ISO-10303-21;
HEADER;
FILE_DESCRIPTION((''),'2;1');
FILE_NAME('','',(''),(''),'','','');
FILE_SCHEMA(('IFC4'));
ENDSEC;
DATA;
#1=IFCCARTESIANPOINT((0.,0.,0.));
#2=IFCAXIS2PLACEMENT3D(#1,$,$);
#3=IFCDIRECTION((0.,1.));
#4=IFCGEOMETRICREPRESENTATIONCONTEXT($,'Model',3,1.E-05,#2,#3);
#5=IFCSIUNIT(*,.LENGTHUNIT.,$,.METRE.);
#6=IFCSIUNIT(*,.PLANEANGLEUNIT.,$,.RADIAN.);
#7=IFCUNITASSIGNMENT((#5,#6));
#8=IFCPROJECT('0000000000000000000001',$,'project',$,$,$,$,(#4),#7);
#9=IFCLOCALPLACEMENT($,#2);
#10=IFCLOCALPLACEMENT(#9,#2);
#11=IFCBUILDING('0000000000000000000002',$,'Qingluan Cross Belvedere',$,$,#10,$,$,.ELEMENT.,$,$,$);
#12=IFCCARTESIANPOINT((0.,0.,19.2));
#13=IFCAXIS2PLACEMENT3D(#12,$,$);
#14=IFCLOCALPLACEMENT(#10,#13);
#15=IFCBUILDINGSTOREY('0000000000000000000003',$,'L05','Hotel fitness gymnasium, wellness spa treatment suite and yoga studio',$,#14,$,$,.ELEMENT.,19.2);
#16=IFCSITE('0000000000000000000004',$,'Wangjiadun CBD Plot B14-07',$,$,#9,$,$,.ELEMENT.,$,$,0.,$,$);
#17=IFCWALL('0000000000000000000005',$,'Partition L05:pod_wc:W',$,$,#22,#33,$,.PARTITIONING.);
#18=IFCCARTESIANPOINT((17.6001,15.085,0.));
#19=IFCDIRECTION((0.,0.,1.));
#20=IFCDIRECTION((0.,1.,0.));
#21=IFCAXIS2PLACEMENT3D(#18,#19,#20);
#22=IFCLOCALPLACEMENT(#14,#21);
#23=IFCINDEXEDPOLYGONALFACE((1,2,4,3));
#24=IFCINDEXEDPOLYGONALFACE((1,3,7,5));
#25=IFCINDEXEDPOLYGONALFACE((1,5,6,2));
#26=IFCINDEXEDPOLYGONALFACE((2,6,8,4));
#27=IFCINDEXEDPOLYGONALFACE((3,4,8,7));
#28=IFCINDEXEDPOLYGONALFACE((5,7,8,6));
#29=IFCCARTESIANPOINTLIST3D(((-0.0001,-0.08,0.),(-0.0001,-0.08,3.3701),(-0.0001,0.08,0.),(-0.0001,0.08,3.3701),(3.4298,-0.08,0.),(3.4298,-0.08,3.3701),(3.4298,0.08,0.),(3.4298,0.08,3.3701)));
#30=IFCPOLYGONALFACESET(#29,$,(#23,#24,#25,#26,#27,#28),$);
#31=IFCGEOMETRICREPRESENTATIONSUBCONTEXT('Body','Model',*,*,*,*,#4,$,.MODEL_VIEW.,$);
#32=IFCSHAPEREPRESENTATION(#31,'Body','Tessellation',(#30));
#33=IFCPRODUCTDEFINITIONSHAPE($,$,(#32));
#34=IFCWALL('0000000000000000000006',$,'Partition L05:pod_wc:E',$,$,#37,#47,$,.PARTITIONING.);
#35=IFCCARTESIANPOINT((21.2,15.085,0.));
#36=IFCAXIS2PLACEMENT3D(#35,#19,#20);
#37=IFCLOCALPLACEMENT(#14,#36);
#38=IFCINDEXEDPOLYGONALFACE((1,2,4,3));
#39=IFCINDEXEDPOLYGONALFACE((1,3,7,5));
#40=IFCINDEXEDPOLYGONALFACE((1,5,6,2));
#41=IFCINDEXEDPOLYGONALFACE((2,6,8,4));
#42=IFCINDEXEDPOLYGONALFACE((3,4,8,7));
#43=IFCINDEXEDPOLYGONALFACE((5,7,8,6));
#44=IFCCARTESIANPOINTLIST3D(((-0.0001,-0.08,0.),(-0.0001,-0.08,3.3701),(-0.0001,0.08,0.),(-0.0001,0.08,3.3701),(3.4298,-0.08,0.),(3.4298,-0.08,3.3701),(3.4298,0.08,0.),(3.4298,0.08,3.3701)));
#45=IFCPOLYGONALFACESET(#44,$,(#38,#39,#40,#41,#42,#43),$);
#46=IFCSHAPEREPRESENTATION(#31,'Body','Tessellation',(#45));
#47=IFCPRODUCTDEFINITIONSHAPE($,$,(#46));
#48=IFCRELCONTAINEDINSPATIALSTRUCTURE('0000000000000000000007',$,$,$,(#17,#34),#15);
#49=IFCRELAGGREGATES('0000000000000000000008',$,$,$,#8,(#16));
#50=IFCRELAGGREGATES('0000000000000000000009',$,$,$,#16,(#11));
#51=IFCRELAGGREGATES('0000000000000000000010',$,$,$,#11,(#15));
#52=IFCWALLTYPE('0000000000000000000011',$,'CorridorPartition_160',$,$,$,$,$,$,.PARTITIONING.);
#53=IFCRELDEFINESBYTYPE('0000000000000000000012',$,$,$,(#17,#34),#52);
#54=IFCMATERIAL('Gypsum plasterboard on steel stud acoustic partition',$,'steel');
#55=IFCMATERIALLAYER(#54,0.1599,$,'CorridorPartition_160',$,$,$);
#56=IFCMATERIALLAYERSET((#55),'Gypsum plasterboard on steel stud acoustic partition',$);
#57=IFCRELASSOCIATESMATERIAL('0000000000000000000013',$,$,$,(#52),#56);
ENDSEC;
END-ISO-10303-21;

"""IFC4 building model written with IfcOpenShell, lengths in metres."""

from ifc_helpers import new_model, si_unit, direction, frame, frame_2d, origin, place, context, subcontext, project, spatial, rectangle, extrude, material, layer, layer_set, type_object, element, save


model = new_model("IFC4")

# Units and contexts
model_context = context("Model", 3, precision=1e-05, world=origin(), true_north=direction((0.0, 1.0)))
body_context = subcontext(model_context, "Body", "Model", "MODEL_VIEW")
ifc_project = project(units=[si_unit("LENGTHUNIT", "METRE"), si_unit("PLANEANGLEUNIT", "RADIAN")], contexts=[model_context])

# Site, building, storey
site_placement = place(None, origin())
site = spatial("IfcSite", under=ifc_project, at=site_placement, Name="Wangjiadun CBD Plot B14-07", CompositionType="ELEMENT", RefElevation=0.0)
building_placement = place(site_placement, origin())
building = spatial("IfcBuilding", under=site, at=building_placement, Name="Qingluan Cross Belvedere", CompositionType="ELEMENT")
storey_placement = place(building_placement, frame((0.0, 0.0, 19.2)))
storey = spatial("IfcBuildingStorey", under=building, at=storey_placement, Name="L05", Description="Hotel fitness gymnasium, wellness spa treatment suite and yoga studio", CompositionType="ELEMENT", Elevation=19.2)

# Shared definitions
ifc_material_1 = material(Name="Gypsum plasterboard on steel stud acoustic partition", Category="steel")
ifc_layer_1 = layer(ifc_material_1, 0.1599, Name="CorridorPartition_160")
ifc_layer_set_1 = layer_set([ifc_layer_1], Name="Gypsum plasterboard on steel stud acoustic partition")
wall_type_1 = type_object("IfcWallType", Name="CorridorPartition_160", PredefinedType="PARTITIONING", material=ifc_layer_set_1)

# Walls
for number, where, z_axis, x_axis, name in (
    (1, (17.6001, 15.085, 0.0), (0.0, 0.0, 1.0), (0.0, 1.0, 0.0), "Partition L05:pod_wc:W"),
    (2, (21.2, 15.085, 0.0), (0.0, 0.0, 1.0), (0.0, 1.0, 0.0), "Partition L05:pod_wc:E"),
):
    element("IfcWall", number, at=place(storey_placement, frame(where, z_axis=z_axis, x_axis=x_axis)), inside=storey, type_object=wall_type_1, Name=name, PredefinedType="PARTITIONING", context=body_context, shape_type="SweptSolid", body=[
        extrude(rectangle(XDim=3.4299, YDim=0.1599, at=frame_2d((1.7148, 0.0))), origin(), (0.0, 0.0, 1.0), 3.3701),
    ])

save(model, "model.ifc")
